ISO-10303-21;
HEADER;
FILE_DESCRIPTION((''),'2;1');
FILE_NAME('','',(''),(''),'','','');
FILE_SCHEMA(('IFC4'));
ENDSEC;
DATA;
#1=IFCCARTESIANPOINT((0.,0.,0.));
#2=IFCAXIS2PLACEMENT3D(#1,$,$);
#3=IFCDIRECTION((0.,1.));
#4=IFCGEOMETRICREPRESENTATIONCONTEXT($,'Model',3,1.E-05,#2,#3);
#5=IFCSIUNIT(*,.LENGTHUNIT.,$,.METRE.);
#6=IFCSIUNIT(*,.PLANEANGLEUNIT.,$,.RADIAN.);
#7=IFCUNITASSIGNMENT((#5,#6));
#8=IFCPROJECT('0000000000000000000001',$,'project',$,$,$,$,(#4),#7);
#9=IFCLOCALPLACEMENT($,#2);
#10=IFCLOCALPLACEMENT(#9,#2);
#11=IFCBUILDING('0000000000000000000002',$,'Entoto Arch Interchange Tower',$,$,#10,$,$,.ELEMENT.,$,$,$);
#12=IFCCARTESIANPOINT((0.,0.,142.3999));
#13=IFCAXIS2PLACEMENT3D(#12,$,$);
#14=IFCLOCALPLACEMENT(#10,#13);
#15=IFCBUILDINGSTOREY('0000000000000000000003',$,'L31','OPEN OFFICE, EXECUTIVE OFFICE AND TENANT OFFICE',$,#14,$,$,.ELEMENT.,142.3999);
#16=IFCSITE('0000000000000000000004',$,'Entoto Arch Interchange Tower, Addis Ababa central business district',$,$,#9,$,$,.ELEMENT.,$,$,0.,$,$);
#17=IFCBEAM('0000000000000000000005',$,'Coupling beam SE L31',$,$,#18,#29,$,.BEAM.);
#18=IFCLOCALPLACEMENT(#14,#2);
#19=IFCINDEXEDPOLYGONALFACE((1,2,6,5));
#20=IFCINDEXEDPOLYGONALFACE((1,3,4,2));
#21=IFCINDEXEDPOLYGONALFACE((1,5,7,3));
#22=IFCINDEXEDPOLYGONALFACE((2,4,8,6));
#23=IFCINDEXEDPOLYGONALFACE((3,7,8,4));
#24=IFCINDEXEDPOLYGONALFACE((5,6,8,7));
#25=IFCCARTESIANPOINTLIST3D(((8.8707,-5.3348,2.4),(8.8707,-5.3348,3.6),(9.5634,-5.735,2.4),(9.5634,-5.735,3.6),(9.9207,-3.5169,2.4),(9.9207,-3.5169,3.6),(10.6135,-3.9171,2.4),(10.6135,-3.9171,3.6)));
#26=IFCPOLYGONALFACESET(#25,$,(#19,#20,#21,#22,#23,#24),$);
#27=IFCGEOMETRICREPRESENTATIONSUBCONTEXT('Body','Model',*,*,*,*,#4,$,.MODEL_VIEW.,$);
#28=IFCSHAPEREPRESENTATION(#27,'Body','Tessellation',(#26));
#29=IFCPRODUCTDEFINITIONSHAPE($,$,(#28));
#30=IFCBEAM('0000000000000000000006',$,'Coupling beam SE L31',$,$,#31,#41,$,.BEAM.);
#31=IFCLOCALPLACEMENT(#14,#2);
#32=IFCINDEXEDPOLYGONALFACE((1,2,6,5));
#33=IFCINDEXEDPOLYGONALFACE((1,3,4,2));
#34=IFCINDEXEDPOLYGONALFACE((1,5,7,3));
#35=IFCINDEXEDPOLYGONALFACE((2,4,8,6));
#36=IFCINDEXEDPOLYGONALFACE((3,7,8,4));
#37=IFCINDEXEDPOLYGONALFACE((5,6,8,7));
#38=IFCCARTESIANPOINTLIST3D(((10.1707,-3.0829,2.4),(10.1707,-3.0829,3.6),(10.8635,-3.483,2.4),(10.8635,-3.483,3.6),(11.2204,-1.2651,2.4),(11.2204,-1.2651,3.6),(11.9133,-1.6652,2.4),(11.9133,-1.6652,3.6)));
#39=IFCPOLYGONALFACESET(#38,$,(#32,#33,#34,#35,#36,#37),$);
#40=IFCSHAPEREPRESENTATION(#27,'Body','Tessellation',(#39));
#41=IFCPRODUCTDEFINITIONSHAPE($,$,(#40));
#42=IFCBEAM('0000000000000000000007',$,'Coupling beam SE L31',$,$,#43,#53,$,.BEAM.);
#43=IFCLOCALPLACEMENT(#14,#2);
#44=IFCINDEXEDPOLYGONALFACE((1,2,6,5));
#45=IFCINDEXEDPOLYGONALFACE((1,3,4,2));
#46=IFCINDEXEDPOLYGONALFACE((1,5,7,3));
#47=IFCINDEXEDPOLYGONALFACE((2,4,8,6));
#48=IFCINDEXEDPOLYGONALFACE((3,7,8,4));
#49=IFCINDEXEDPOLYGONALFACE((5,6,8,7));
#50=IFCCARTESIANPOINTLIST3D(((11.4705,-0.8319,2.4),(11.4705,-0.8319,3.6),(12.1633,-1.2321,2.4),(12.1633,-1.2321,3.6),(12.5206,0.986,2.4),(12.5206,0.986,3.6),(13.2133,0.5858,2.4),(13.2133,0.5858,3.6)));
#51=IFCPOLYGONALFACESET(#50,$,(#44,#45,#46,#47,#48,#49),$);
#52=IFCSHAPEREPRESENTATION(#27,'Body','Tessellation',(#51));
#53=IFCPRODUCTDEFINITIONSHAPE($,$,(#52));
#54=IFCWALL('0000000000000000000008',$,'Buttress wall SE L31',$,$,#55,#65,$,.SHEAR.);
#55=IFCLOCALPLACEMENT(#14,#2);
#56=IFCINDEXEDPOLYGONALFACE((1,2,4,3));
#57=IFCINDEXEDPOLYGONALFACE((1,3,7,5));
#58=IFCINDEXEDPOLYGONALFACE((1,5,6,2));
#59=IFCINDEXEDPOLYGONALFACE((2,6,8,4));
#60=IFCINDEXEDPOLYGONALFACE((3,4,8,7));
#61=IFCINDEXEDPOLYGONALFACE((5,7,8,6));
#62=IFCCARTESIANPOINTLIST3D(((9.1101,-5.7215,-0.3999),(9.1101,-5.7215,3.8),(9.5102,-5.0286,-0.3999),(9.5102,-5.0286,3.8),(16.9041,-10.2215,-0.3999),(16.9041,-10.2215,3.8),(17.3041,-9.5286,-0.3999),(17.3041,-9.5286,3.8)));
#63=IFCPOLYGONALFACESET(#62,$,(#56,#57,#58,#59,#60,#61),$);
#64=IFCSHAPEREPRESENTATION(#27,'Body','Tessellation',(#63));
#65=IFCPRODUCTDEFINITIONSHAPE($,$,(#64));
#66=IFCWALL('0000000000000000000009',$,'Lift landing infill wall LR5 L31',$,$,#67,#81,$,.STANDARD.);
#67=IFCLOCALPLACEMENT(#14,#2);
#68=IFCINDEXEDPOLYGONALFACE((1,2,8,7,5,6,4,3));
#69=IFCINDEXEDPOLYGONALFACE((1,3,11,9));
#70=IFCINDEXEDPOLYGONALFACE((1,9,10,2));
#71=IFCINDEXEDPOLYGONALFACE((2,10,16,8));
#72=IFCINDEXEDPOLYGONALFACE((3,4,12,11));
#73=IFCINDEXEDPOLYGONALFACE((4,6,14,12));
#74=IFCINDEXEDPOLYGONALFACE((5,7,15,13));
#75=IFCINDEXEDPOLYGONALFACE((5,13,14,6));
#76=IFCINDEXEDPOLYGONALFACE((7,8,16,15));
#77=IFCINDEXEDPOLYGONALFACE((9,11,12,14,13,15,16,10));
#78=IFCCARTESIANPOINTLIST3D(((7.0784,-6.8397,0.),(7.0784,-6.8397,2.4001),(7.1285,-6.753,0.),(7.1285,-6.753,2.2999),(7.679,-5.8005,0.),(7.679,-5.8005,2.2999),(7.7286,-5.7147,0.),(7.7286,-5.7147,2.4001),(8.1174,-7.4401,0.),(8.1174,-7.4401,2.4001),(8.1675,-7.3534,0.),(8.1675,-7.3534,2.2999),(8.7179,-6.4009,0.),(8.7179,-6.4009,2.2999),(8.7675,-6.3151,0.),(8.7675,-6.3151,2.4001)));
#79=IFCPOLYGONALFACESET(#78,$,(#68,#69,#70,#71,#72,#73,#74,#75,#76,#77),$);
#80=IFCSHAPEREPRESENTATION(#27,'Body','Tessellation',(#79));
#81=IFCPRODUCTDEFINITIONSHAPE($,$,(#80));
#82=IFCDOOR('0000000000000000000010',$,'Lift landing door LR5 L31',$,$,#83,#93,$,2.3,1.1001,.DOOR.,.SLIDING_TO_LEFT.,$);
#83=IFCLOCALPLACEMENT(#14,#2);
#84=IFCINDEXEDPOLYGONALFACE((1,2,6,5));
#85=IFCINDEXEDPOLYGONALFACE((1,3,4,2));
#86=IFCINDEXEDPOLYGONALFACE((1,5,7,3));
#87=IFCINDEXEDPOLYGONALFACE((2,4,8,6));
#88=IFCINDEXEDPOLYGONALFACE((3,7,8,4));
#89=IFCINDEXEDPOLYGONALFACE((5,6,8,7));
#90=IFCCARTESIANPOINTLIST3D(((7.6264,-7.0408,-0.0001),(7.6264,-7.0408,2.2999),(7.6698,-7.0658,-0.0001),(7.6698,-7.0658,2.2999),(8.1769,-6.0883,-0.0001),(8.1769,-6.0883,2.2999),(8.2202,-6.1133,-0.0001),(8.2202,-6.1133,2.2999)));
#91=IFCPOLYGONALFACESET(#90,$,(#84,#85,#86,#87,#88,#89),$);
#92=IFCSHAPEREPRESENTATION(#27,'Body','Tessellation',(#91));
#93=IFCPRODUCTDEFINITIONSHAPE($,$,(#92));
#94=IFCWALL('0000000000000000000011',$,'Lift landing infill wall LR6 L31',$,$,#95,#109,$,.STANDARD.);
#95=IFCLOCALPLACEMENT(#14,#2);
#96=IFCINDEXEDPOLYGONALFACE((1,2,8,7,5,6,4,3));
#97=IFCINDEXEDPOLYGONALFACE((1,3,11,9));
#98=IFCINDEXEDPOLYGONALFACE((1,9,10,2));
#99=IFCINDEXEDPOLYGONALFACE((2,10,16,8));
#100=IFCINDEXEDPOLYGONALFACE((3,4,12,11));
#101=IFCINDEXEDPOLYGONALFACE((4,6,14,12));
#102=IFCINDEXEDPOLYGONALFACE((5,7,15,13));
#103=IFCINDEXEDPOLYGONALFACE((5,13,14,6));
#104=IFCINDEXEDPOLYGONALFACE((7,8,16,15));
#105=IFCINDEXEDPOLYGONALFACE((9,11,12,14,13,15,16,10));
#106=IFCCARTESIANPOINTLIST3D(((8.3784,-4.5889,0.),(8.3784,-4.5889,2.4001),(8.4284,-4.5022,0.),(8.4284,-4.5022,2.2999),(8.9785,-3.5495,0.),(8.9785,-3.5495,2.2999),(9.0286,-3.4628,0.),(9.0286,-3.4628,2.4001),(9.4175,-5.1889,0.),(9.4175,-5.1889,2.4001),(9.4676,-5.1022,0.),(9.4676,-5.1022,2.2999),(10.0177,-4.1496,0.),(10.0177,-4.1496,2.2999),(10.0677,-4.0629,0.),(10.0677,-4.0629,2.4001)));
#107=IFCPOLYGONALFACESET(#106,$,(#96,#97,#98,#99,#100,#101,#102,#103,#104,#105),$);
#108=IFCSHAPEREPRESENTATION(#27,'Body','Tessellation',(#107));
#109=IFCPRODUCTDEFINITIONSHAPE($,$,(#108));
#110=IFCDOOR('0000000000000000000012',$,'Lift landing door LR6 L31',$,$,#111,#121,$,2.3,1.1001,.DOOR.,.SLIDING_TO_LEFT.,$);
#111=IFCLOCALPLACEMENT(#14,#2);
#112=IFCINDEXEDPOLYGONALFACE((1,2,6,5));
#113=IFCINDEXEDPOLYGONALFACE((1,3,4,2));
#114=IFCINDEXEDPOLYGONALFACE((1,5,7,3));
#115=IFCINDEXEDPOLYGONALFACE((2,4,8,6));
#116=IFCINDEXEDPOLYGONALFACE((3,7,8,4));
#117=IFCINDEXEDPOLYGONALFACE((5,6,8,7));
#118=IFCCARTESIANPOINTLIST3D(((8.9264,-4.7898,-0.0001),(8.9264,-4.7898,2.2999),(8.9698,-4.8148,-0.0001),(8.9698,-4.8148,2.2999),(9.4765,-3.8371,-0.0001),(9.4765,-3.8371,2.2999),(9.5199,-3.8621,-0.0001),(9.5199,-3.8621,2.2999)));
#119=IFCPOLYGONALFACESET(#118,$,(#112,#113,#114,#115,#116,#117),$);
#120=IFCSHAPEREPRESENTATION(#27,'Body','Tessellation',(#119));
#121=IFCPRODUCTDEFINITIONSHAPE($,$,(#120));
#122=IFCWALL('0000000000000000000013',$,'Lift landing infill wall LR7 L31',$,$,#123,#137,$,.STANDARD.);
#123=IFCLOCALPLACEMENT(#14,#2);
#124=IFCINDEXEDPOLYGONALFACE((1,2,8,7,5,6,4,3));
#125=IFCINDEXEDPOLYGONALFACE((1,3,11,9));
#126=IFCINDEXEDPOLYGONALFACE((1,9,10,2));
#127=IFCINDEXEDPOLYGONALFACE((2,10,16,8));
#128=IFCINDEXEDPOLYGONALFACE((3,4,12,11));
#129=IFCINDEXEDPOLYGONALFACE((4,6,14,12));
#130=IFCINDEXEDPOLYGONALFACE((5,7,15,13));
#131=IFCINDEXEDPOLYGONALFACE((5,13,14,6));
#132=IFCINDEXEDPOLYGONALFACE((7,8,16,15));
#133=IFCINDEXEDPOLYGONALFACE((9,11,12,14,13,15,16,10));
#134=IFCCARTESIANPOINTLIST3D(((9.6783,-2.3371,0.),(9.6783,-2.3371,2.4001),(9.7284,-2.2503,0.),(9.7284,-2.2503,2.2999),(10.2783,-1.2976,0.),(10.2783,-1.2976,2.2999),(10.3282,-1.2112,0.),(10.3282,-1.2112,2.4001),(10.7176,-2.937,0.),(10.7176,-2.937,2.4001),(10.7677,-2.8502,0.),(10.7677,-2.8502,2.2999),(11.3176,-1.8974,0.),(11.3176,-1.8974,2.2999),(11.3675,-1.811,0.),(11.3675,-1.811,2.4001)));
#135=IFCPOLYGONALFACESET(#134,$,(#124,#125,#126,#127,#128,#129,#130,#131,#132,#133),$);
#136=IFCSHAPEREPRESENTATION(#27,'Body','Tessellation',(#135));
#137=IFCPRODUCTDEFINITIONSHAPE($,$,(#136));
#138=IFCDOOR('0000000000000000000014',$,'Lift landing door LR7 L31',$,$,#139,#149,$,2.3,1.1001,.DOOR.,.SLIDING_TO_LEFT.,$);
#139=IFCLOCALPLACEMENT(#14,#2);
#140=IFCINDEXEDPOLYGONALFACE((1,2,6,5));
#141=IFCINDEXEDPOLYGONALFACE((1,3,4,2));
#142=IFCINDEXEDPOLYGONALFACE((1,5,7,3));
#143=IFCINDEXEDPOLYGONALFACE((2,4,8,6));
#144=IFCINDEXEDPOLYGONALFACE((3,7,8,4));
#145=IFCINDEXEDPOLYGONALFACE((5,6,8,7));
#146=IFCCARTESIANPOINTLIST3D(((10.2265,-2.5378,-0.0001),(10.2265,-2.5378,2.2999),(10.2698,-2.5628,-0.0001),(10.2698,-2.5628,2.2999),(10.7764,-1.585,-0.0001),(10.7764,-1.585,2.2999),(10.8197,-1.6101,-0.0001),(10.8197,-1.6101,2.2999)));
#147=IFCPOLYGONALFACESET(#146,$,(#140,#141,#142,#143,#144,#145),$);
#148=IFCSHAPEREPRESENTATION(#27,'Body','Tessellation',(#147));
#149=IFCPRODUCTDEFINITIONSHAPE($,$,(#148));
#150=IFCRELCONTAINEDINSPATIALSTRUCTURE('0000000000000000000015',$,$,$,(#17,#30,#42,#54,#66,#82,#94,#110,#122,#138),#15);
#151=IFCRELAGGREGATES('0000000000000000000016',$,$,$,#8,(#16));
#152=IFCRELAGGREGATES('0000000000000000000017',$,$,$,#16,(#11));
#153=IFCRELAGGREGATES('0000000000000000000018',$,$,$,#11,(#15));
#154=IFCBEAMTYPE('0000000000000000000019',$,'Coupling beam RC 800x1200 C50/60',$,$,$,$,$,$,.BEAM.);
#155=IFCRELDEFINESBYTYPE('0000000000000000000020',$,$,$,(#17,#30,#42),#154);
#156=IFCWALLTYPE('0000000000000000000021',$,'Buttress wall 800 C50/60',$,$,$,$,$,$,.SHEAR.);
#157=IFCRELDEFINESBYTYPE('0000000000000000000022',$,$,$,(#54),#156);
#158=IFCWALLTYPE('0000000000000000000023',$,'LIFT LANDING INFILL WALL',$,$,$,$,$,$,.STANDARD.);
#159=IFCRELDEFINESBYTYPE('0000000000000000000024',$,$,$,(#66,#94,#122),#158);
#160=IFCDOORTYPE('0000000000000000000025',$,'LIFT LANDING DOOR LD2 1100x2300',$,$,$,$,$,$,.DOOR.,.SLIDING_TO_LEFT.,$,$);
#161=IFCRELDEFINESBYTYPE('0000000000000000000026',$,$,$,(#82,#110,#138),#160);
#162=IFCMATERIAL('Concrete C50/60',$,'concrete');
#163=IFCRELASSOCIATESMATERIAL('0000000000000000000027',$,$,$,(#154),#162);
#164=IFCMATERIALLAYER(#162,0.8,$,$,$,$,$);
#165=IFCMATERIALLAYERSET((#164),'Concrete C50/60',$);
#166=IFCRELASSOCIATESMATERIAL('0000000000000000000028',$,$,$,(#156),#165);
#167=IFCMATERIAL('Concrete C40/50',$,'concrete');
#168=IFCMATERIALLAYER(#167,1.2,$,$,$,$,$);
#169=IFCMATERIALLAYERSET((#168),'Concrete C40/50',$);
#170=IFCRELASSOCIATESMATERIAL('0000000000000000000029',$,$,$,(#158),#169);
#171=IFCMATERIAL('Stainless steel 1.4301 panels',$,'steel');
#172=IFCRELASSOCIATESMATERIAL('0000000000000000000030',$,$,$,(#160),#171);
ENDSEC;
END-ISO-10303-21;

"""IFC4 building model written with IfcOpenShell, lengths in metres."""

from ifc_helpers import new_model, si_unit, direction, frame, frame_2d, origin, origin_2d, place, context, subcontext, project, spatial, rectangle, extrude, material, layer, layer_set, material_profile, profile_set, type_object, element, fill, save


model = new_model("IFC4")

# Units and contexts
model_context = context("Model", 3, precision=1e-05, world=origin(), true_north=direction((0.0, 1.0)))
body_context = subcontext(model_context, "Body", "Model", "MODEL_VIEW")
ifc_project = project(units=[si_unit("LENGTHUNIT", "METRE"), si_unit("PLANEANGLEUNIT", "RADIAN")], contexts=[model_context])

# Site, building, storey
site_placement = place(None, origin())
site = spatial("IfcSite", under=ifc_project, at=site_placement, Name="Entoto Arch Interchange Tower, Addis Ababa central business district", CompositionType="ELEMENT", RefElevation=0.0)
building_placement = place(site_placement, origin())
building = spatial("IfcBuilding", under=site, at=building_placement, Name="Entoto Arch Interchange Tower", CompositionType="ELEMENT")
storey_placement = place(building_placement, frame((0.0, 0.0, 142.3999)))
storey = spatial("IfcBuildingStorey", under=building, at=storey_placement, Name="L31", Description="OPEN OFFICE, EXECUTIVE OFFICE AND TENANT OFFICE", CompositionType="ELEMENT", Elevation=142.3999)

# Beams
ifc_material_1 = material(Name="Concrete C50/60", Category="concrete")
ifc_material_profile = material_profile(ifc_material_1, rectangle(XDim=0.8, YDim=1.2, at=origin_2d()))
ifc_profile_set = profile_set([ifc_material_profile], Name="Concrete C50/60")
beam_type = type_object("IfcBeamType", Name="Coupling beam RC 800x1200 C50/60", PredefinedType="BEAM", material=ifc_profile_set)
beam_1_placement = place(storey_placement, frame((9.217, -5.5349, 3.0), z_axis=(0.500179, 0.865922, 0.0), x_axis=(-0.865922, 0.500179, 0.0)))
element("IfcBeam", 1, at=beam_1_placement, inside=storey, type_object=beam_type, Name="Coupling beam SE L31", PredefinedType="BEAM", context=body_context, shape_type="SweptSolid", body=[
    extrude(rectangle(XDim=0.8, YDim=1.2, at=origin_2d()), origin(), (0.0, 0.0, 1.0), 2.0994),
])
beam_2_placement = place(storey_placement, frame((10.5171, -3.283, 3.0), z_axis=(0.500092, 0.865973, 0.0), x_axis=(-0.865973, 0.500092, 0.0)))
element("IfcBeam", 2, at=beam_2_placement, inside=storey, type_object=beam_type, Name="Coupling beam SE L31", PredefinedType="BEAM", context=body_context, shape_type="SweptSolid", body=[
    extrude(rectangle(XDim=0.8, YDim=1.2, at=origin_2d()), origin(), (0.0, 0.0, 1.0), 2.0991),
])
beam_3_placement = place(storey_placement, frame((11.8169, -1.032, 3.0), z_axis=(0.500179, 0.865922, 0.0), x_axis=(-0.865922, 0.500179, 0.0)))
element("IfcBeam", 3, at=beam_3_placement, inside=storey, type_object=beam_type, Name="Coupling beam SE L31", PredefinedType="BEAM", context=body_context, shape_type="SweptSolid", body=[
    extrude(rectangle(XDim=0.8, YDim=1.2, at=origin_2d()), origin(), (0.0, 0.0, 1.0), 2.0994),
])

# Wall
ifc_layer_1 = layer(ifc_material_1, 0.8)
ifc_layer_set_1 = layer_set([ifc_layer_1], Name="Concrete C50/60")
wall_type_1 = type_object("IfcWallType", Name="Buttress wall 800 C50/60", PredefinedType="SHEAR", material=ifc_layer_set_1)
wall_1_placement = place(storey_placement, frame((9.3101, -5.375, -0.3999), z_axis=(0.0, 0.0, 1.0), x_axis=(0.866018, -0.500014, 0.0)))
element("IfcWall", 4, at=wall_1_placement, inside=storey, type_object=wall_type_1, Name="Buttress wall SE L31", PredefinedType="SHEAR", context=body_context, shape_type="SweptSolid", body=[
    extrude(rectangle(XDim=8.9998, YDim=0.8, at=frame_2d((4.5, 0.0))), origin(), (0.0, 0.0, 1.0), 4.2),
])

# Walls, openings, doors
ifc_material_2 = material(Name="Concrete C40/50", Category="concrete")
ifc_layer_2 = layer(ifc_material_2, 1.2)
ifc_layer_set_2 = layer_set([ifc_layer_2], Name="Concrete C40/50")
wall_type_2 = type_object("IfcWallType", Name="LIFT LANDING INFILL WALL", PredefinedType="STANDARD", material=ifc_layer_set_2)
wall_2_placement = place(storey_placement, frame((7.5979, -7.1399, 0.0), z_axis=(0.0, 0.0, 1.0), x_axis=(0.500362, 0.865816, 0.0)))
wall_2 = element("IfcWall", 5, at=wall_2_placement, inside=storey, type_object=wall_type_2, Name="Lift landing infill wall LR5 L31", PredefinedType="STANDARD", context=body_context, shape_type="SweptSolid", body=[
    extrude(rectangle(XDim=1.2993, YDim=1.2, at=frame_2d((0.6497, 0.0))), origin(), (0.0, 0.0, 1.0), 2.4001),
])
opening_1_placement = place(wall_2_placement, frame((0.1001, 0.0, 0.0)))
opening_1 = element("IfcOpeningElement", 6, at=opening_1_placement, cuts=wall_2, PredefinedType="OPENING", context=body_context, shape_type="SweptSolid", body=[
    extrude(rectangle(XDim=1.1001, YDim=2.3, at=frame_2d((0.55, 1.1499))), frame((0.0, 0.6099, 0.0), z_axis=(0.0, -1.0, 0.0), x_axis=(1.0, 0.0, 0.0)), (0.0, 0.0, 1.0), 1.22),
])
ifc_material_3 = material(Name="Stainless steel 1.4301 panels", Category="steel")
door_type_1 = type_object("IfcDoorType", Name="LIFT LANDING DOOR LD2 1100x2300", OperationType="SLIDING_TO_LEFT", PredefinedType="DOOR", material=ifc_material_3)
door_1_placement = place(opening_1_placement, origin())
door_1 = element("IfcDoor", 7, at=door_1_placement, inside=storey, type_object=door_type_1, Name="Lift landing door LR5 L31", OperationType="SLIDING_TO_LEFT", OverallHeight=2.3, OverallWidth=1.1001, PredefinedType="DOOR", context=body_context, shape_type="SweptSolid", body=[
    extrude(rectangle(XDim=1.1001, YDim=2.3, at=frame_2d((0.55, 1.1499))), frame((0.0, 0.0249, 0.0), z_axis=(0.0, -1.0, 0.0), x_axis=(1.0, 0.0, 0.0)), (0.0, 0.0, 1.0), 0.05),
])
fill(opening_1, door_1)
wall_3_placement = place(storey_placement, frame((8.8979, -4.8889, 0.0), z_axis=(0.0, 0.0, 1.0), x_axis=(0.500037, 0.866004, 0.0)))
wall_3 = element("IfcWall", 8, at=wall_3_placement, inside=storey, type_object=wall_type_2, Name="Lift landing infill wall LR6 L31", PredefinedType="STANDARD", context=body_context, shape_type="SweptSolid", body=[
    extrude(rectangle(XDim=1.3003, YDim=1.2, at=frame_2d((0.6501, 0.0))), origin(), (0.0, 0.0, 1.0), 2.4001),
])
opening_2_placement = place(wall_3_placement, frame((0.1001, 0.0, 0.0)))
opening_2 = element("IfcOpeningElement", 9, at=opening_2_placement, cuts=wall_3, PredefinedType="OPENING", context=body_context, shape_type="SweptSolid", body=[
    extrude(rectangle(XDim=1.1001, YDim=2.3, at=frame_2d((0.55, 1.1499))), frame((0.0, 0.6099, 0.0), z_axis=(0.0, -1.0, 0.0), x_axis=(1.0, 0.0, 0.0)), (0.0, 0.0, 1.0), 1.22),
])
door_2_placement = place(opening_2_placement, origin())
door_2 = element("IfcDoor", 10, at=door_2_placement, inside=storey, type_object=door_type_1, Name="Lift landing door LR6 L31", OperationType="SLIDING_TO_LEFT", OverallHeight=2.3, OverallWidth=1.1001, PredefinedType="DOOR", context=body_context, shape_type="SweptSolid", body=[
    extrude(rectangle(XDim=1.1001, YDim=2.3, at=frame_2d((0.55, 1.1499))), frame((0.0, 0.0249, 0.0), z_axis=(0.0, -1.0, 0.0), x_axis=(1.0, 0.0, 0.0)), (0.0, 0.0, 1.0), 0.05),
])
fill(opening_2, door_2)
wall_4_placement = place(storey_placement, frame((10.198, -2.637, 0.0), z_axis=(0.0, 0.0, 1.0), x_axis=(0.499896, 0.866086, 0.0)))
wall_4 = element("IfcWall", 11, at=wall_4_placement, inside=storey, type_object=wall_type_2, Name="Lift landing infill wall LR7 L31", PredefinedType="STANDARD", context=body_context, shape_type="SweptSolid", body=[
    extrude(rectangle(XDim=1.3, YDim=1.2, at=frame_2d((0.6499, 0.0))), origin(), (0.0, 0.0, 1.0), 2.4001),
])
opening_3_placement = place(wall_4_placement, frame((0.1001, 0.0, 0.0)))
opening_3 = element("IfcOpeningElement", 12, at=opening_3_placement, cuts=wall_4, PredefinedType="OPENING", context=body_context, shape_type="SweptSolid", body=[
    extrude(rectangle(XDim=1.1001, YDim=2.3, at=frame_2d((0.55, 1.1499))), frame((0.0, 0.6099, 0.0), z_axis=(0.0, -1.0, 0.0), x_axis=(1.0, 0.0, 0.0)), (0.0, 0.0, 1.0), 1.22),
])
door_3_placement = place(opening_3_placement, origin())
door_3 = element("IfcDoor", 13, at=door_3_placement, inside=storey, type_object=door_type_1, Name="Lift landing door LR7 L31", OperationType="SLIDING_TO_LEFT", OverallHeight=2.3, OverallWidth=1.1001, PredefinedType="DOOR", context=body_context, shape_type="SweptSolid", body=[
    extrude(rectangle(XDim=1.1001, YDim=2.3, at=frame_2d((0.55, 1.1499))), frame((0.0, 0.0249, 0.0), z_axis=(0.0, -1.0, 0.0), x_axis=(1.0, 0.0, 0.0)), (0.0, 0.0, 1.0), 0.05),
])
fill(opening_3, door_3)

save(model, "model.ifc")
